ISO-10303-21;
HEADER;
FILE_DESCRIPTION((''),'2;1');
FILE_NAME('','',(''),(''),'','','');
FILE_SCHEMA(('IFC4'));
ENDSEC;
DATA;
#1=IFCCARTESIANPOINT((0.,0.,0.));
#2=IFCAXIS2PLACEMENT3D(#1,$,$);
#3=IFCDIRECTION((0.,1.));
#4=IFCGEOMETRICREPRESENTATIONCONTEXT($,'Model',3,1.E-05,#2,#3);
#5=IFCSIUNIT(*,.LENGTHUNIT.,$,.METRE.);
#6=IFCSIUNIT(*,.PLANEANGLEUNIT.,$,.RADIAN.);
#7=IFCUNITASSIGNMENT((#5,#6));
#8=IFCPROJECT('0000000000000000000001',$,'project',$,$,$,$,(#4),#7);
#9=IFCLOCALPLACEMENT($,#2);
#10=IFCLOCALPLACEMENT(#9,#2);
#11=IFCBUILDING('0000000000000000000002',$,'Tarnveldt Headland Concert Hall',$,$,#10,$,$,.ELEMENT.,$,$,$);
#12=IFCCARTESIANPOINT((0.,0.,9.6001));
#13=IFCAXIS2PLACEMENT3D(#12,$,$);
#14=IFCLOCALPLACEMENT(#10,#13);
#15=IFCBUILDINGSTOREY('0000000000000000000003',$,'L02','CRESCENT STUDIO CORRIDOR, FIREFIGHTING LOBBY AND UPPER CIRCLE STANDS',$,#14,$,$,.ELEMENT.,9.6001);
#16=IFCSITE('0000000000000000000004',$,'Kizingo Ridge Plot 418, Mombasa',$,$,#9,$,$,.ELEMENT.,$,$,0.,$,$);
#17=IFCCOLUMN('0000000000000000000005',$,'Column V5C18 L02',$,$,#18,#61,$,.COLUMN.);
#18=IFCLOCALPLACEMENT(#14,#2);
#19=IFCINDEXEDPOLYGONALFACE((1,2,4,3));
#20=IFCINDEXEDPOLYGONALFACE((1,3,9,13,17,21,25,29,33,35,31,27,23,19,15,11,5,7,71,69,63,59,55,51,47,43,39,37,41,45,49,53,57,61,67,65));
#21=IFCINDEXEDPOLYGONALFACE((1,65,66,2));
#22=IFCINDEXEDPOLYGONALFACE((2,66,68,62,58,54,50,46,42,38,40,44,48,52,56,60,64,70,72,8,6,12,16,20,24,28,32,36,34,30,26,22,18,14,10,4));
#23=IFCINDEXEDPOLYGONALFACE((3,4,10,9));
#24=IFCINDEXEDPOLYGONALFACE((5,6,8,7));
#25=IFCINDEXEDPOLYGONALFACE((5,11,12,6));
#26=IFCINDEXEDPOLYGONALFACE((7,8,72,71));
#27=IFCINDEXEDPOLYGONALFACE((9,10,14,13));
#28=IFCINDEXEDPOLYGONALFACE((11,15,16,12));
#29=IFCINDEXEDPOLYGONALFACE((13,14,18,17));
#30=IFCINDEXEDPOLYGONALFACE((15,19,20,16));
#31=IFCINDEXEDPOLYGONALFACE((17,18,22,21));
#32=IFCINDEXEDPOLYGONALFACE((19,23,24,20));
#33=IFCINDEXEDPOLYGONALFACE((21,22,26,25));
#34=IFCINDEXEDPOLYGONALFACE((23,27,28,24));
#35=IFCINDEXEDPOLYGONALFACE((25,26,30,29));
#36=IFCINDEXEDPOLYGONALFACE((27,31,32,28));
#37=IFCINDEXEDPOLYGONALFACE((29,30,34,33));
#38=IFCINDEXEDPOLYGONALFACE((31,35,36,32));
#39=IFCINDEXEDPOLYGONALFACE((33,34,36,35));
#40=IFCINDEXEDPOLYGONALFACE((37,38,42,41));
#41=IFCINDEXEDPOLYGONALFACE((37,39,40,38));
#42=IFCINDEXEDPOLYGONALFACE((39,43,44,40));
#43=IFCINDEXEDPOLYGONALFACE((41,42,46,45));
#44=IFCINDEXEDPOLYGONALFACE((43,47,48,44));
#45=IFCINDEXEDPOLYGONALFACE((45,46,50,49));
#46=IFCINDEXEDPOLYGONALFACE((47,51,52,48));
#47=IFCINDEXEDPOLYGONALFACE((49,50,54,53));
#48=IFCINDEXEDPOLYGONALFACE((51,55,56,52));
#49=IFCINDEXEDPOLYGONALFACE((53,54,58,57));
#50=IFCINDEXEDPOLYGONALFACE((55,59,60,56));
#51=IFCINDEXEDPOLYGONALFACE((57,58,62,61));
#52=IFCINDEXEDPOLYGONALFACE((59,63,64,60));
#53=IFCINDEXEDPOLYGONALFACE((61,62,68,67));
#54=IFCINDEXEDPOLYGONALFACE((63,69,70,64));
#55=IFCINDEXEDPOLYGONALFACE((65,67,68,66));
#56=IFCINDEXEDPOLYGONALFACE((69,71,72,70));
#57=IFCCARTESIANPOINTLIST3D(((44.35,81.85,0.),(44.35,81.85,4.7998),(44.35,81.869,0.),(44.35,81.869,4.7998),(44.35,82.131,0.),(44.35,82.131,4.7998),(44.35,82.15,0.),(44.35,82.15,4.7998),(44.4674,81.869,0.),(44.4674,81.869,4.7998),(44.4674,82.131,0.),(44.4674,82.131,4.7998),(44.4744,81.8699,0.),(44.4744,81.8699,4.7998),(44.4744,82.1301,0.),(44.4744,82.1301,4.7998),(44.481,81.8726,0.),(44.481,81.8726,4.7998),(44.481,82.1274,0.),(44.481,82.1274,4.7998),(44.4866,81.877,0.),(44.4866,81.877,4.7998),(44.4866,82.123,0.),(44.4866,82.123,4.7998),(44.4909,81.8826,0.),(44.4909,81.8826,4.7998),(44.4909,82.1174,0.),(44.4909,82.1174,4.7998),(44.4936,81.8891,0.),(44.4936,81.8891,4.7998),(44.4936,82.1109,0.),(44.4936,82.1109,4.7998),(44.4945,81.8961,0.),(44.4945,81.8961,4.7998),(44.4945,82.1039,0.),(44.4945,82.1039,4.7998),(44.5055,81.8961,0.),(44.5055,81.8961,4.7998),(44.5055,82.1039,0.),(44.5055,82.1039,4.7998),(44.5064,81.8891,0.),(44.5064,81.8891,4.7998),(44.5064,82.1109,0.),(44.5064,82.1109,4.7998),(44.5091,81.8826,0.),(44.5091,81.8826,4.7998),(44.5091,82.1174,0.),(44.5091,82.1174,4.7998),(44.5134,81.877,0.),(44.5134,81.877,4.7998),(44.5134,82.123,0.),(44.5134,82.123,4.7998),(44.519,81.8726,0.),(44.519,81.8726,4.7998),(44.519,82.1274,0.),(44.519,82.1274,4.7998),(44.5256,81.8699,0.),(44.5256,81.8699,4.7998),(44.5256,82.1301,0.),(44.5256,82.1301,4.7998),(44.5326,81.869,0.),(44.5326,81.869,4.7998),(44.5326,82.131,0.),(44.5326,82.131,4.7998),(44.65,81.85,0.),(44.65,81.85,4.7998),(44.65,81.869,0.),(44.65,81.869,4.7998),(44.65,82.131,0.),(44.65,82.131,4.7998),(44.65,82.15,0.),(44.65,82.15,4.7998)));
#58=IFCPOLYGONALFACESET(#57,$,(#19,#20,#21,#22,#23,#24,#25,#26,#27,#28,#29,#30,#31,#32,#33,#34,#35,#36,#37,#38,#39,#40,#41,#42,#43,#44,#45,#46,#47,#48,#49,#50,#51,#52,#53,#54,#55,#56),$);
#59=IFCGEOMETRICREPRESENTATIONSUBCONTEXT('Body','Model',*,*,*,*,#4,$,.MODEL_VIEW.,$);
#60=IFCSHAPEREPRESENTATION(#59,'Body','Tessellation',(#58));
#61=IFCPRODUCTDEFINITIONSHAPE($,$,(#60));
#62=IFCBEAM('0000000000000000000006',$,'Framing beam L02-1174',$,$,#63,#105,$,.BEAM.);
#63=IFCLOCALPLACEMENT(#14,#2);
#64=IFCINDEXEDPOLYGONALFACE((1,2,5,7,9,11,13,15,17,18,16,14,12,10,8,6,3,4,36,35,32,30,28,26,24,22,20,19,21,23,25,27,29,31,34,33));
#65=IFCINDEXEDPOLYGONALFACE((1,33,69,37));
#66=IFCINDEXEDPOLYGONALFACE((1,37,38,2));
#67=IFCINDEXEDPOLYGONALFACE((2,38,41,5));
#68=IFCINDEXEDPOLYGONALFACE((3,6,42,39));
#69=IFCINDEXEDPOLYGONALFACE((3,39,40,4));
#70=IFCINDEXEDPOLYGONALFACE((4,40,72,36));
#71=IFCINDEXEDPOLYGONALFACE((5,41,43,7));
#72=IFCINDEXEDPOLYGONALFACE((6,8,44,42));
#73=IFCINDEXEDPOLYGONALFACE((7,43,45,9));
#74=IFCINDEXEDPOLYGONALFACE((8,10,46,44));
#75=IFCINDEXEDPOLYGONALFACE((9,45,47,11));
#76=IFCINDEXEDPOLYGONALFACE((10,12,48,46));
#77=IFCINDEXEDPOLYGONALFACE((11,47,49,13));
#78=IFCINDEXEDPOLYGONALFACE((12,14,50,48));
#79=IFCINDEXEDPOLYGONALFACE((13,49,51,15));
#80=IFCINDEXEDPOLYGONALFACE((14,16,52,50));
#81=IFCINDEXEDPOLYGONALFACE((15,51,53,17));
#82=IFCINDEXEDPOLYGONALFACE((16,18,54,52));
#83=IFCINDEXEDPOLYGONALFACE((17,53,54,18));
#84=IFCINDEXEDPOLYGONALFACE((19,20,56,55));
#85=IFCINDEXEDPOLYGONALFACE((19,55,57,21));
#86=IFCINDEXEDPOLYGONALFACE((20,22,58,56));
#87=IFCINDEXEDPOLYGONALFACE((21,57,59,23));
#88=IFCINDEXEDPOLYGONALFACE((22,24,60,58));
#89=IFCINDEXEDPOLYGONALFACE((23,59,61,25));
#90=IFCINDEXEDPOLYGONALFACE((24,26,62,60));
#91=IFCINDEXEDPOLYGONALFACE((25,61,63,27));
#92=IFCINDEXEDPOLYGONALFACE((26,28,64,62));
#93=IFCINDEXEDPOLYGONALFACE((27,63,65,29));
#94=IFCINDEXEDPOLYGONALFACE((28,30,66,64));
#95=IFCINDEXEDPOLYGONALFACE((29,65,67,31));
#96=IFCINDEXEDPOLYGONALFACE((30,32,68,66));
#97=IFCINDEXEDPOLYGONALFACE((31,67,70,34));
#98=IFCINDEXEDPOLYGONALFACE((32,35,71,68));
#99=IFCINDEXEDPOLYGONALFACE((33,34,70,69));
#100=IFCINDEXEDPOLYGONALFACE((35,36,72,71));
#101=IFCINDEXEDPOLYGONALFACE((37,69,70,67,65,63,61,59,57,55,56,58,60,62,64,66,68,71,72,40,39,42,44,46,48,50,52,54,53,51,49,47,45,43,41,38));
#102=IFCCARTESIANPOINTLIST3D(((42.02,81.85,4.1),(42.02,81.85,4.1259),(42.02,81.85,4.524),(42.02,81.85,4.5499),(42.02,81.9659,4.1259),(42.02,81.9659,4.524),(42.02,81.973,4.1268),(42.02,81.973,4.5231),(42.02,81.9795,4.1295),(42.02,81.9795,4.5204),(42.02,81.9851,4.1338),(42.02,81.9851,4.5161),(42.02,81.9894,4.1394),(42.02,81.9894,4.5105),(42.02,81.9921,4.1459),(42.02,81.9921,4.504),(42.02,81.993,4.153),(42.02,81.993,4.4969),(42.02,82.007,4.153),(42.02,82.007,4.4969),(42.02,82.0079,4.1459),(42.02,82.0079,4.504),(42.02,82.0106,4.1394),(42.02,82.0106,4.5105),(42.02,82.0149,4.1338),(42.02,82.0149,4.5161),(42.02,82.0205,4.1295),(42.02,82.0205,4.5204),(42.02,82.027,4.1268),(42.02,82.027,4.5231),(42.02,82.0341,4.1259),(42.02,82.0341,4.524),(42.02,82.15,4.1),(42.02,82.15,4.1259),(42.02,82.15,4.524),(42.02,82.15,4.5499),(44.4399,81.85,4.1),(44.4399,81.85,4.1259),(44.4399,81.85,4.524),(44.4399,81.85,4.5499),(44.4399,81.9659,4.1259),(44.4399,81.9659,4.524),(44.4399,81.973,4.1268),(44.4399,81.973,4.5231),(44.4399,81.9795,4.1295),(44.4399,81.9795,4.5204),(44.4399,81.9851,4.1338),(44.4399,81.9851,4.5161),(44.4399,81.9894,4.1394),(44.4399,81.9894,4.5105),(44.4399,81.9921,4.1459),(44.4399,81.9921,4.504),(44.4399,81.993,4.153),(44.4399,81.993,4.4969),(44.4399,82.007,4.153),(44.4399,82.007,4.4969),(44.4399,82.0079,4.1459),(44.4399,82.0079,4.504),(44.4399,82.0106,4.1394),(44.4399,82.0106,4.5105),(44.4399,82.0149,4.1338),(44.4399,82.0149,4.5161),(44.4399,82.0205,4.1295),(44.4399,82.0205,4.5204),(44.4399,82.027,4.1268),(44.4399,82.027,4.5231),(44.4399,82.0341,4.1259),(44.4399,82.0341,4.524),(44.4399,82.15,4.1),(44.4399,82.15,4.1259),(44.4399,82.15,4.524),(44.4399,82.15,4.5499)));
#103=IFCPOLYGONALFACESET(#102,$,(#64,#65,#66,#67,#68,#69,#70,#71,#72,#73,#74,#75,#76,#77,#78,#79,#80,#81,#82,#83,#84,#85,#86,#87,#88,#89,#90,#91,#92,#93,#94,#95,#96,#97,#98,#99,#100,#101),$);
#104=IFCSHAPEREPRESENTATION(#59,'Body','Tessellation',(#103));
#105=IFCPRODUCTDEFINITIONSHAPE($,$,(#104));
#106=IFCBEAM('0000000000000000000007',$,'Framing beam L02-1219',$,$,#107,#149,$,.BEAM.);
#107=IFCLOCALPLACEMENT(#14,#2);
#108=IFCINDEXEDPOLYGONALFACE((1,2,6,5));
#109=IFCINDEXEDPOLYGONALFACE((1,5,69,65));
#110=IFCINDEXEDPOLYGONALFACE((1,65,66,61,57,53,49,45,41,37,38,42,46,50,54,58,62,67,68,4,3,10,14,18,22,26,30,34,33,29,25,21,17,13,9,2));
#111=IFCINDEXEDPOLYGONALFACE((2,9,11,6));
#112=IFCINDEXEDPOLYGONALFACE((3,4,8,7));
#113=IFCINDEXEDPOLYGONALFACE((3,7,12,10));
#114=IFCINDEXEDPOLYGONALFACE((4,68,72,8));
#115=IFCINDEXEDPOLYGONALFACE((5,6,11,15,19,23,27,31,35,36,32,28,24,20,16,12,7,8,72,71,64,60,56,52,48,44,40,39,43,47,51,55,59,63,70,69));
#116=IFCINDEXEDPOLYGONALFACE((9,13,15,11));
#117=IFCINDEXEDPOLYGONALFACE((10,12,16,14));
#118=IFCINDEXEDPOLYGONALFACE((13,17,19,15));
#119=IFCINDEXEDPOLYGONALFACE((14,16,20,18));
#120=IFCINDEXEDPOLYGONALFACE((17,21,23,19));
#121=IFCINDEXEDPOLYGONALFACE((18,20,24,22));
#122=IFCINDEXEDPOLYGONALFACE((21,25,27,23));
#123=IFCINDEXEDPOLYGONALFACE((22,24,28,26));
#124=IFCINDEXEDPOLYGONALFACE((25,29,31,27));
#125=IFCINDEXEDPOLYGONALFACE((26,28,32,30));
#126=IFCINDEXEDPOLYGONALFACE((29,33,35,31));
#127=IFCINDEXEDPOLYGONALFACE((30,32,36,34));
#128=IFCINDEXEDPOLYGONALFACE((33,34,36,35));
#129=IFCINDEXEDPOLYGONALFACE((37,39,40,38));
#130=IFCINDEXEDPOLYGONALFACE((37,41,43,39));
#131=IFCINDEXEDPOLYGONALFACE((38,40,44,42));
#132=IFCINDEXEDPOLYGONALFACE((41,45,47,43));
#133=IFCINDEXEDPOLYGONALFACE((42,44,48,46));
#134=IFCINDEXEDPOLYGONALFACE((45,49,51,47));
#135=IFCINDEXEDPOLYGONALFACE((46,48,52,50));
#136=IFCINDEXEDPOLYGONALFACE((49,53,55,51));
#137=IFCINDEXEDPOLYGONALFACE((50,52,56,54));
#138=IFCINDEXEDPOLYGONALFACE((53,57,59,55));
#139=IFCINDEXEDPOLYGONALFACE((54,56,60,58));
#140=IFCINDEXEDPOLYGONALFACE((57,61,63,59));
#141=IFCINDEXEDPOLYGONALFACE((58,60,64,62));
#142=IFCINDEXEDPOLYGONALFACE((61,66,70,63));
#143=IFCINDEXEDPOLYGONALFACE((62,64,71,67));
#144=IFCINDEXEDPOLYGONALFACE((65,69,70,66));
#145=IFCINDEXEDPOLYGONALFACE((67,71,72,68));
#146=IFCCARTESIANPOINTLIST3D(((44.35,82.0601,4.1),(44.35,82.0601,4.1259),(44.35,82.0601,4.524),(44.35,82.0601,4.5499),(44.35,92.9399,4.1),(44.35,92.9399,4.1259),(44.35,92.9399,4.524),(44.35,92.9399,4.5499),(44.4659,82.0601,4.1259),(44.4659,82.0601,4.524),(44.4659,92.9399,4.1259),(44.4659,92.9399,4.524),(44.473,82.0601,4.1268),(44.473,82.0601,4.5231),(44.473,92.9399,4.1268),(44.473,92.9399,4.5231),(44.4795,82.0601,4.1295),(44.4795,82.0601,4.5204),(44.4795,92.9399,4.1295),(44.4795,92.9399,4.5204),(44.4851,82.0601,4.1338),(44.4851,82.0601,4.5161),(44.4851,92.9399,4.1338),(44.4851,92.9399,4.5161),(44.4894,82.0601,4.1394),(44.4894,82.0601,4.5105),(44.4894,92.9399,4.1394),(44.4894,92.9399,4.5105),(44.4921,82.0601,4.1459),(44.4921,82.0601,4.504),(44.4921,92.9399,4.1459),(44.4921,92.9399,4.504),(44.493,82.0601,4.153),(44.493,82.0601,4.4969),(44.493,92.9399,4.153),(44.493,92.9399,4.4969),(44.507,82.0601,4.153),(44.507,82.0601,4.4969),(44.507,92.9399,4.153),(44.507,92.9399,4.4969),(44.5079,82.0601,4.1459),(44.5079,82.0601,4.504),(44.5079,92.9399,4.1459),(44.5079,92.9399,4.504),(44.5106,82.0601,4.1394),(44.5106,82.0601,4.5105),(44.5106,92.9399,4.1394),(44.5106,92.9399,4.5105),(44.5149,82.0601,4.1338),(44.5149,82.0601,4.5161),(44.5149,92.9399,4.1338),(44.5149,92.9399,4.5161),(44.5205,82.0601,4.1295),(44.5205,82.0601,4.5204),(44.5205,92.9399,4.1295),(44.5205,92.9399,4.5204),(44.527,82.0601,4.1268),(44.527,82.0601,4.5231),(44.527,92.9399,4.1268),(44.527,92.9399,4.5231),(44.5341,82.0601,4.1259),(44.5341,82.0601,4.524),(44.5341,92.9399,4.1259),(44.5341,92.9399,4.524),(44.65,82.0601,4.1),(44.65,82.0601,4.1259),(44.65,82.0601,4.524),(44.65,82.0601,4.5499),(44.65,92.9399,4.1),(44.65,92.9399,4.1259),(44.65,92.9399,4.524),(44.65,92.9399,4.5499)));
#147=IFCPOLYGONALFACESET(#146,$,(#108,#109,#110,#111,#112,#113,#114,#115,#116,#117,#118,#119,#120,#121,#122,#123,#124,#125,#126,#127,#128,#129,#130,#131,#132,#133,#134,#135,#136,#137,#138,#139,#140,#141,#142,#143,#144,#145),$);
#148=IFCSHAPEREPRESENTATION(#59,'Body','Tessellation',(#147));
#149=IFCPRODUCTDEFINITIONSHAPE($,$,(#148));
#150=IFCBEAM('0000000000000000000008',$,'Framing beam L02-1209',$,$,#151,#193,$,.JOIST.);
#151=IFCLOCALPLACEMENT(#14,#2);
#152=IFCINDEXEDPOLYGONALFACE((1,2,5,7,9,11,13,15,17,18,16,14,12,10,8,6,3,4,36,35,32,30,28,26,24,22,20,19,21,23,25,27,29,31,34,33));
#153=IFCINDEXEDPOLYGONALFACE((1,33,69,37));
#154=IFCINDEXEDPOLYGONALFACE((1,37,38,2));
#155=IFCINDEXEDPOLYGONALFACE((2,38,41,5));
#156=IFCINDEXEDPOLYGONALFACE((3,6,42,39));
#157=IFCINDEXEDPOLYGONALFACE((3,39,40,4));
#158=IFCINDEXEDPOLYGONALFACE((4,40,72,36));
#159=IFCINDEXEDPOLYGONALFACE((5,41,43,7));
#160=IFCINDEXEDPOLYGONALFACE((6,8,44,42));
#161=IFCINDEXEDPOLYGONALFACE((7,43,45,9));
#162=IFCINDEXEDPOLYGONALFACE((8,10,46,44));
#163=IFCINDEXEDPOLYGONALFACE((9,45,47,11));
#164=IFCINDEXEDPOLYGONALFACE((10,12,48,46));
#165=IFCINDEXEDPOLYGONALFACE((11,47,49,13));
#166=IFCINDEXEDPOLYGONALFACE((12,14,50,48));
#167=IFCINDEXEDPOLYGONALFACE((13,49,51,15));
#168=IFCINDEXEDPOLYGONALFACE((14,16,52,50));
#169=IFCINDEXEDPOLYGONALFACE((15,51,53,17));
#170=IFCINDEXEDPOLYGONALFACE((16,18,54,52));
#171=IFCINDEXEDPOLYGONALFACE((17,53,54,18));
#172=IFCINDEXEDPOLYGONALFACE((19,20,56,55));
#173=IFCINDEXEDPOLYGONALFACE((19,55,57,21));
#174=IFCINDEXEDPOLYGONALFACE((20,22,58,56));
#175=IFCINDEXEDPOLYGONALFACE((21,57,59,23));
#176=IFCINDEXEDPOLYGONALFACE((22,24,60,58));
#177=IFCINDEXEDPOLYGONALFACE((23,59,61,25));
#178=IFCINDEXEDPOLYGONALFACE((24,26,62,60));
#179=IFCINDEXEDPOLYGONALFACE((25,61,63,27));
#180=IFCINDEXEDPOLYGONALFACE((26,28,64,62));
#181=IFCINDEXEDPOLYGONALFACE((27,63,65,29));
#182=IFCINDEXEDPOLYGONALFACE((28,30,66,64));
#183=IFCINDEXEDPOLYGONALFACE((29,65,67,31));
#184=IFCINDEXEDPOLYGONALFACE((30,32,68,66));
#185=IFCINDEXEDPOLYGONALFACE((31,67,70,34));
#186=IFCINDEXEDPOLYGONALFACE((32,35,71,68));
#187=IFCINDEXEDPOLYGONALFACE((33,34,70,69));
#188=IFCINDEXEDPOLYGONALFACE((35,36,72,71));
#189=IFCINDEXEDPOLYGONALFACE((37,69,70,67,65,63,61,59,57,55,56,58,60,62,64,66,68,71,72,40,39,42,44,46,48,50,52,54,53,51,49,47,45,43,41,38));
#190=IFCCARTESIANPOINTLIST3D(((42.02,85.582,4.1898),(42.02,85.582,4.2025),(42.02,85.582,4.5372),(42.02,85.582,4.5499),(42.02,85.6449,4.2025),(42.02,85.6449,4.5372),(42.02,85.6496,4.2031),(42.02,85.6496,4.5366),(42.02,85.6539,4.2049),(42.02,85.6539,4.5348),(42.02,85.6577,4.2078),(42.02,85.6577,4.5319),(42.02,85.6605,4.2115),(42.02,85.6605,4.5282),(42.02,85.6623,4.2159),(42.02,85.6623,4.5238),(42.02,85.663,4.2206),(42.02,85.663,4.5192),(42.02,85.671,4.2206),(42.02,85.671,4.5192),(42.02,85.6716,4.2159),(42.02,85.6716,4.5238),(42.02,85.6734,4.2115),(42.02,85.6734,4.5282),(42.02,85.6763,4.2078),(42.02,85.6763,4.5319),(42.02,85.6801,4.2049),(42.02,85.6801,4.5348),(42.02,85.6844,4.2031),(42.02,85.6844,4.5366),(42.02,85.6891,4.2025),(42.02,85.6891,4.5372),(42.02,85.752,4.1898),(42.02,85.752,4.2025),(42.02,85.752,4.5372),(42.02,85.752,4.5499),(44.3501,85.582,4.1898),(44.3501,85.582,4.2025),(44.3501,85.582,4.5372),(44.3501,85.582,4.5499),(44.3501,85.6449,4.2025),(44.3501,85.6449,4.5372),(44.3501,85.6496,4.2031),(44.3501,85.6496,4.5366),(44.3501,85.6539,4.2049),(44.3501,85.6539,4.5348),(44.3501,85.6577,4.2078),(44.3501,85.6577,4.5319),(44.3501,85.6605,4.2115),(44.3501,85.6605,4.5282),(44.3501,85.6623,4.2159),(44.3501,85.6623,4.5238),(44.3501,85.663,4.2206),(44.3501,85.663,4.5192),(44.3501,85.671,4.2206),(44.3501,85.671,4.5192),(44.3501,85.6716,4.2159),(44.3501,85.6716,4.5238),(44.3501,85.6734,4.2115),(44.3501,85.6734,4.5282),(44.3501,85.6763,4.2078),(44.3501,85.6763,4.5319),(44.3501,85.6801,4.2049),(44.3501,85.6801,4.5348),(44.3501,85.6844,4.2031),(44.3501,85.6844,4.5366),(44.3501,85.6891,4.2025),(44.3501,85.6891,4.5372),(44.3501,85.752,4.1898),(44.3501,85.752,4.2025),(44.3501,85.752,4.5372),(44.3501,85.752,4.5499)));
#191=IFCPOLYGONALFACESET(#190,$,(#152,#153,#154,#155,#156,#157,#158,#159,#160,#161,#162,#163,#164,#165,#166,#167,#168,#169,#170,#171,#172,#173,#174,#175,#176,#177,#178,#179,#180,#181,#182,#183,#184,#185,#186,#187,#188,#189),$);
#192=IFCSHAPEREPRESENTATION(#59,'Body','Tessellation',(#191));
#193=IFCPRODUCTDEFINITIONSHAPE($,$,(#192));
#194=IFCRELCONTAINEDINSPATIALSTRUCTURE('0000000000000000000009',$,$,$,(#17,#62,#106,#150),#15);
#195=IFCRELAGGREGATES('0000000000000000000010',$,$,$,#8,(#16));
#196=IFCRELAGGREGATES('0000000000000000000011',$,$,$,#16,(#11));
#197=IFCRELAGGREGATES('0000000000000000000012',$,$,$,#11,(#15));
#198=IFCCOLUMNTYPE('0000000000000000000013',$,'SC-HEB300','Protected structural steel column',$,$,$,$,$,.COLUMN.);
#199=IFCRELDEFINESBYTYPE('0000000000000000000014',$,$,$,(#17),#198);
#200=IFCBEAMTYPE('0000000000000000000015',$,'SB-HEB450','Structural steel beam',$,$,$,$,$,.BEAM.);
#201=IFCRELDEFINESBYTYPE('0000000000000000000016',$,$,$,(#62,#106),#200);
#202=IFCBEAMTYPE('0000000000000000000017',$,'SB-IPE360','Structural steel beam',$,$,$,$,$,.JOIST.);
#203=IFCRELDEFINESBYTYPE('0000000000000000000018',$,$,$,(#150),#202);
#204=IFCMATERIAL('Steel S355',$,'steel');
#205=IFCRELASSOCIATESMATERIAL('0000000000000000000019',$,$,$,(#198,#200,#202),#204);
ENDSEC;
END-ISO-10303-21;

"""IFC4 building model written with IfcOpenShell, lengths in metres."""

from ifc_helpers import new_model, si_unit, direction, frame, origin, origin_2d, place, context, subcontext, project, spatial, i_section, extrude, material, material_profile, profile_set, type_object, element, save


model = new_model("IFC4")

# Units and contexts
model_context = context("Model", 3, precision=1e-05, world=origin(), true_north=direction((0.0, 1.0)))
body_context = subcontext(model_context, "Body", "Model", "MODEL_VIEW")
ifc_project = project(units=[si_unit("LENGTHUNIT", "METRE"), si_unit("PLANEANGLEUNIT", "RADIAN")], contexts=[model_context])

# Site, building, storey
site_placement = place(None, origin())
site = spatial("IfcSite", under=ifc_project, at=site_placement, Name="Kizingo Ridge Plot 418, Mombasa", CompositionType="ELEMENT", RefElevation=0.0)
building_placement = place(site_placement, origin())
building = spatial("IfcBuilding", under=site, at=building_placement, Name="Tarnveldt Headland Concert Hall", CompositionType="ELEMENT")
storey_placement = place(building_placement, frame((0.0, 0.0, 9.6001)))
storey = spatial("IfcBuildingStorey", under=building, at=storey_placement, Name="L02", Description="CRESCENT STUDIO CORRIDOR, FIREFIGHTING LOBBY AND UPPER CIRCLE STANDS", CompositionType="ELEMENT", Elevation=9.6001)

# Column
ifc_material_1 = material(Name="Steel S355", Category="steel")
ifc_material_profile_1 = material_profile(ifc_material_1, i_section(OverallWidth=0.3, OverallDepth=0.3, WebThickness=0.011, FlangeThickness=0.019, FilletRadius=0.0271, at=origin_2d()), Name="HEB300", Category="steel")
ifc_profile_set_1 = profile_set([ifc_material_profile_1], Name="Steel S355")
column_type = type_object("IfcColumnType", Name="SC-HEB300", Description="Protected structural steel column", PredefinedType="COLUMN", material=ifc_profile_set_1)
column_placement = place(storey_placement, frame((44.5, 82.0, 0.0), z_axis=(0.0, 0.0, 1.0), x_axis=(1.0, 0.0, 0.0)))
element("IfcColumn", 1, at=column_placement, inside=storey, type_object=column_type, Name="Column V5C18 L02", PredefinedType="COLUMN", context=body_context, shape_type="SweptSolid", body=[
    extrude(i_section(OverallWidth=0.3, OverallDepth=0.3, WebThickness=0.011, FlangeThickness=0.019, FilletRadius=0.0271, at=origin_2d()), origin(), (0.0, 0.0, 1.0), 4.7998),
])

# Beams
ifc_material_profile_2 = material_profile(ifc_material_1, i_section(OverallWidth=0.3, OverallDepth=0.45, WebThickness=0.0139, FlangeThickness=0.0259, FilletRadius=0.0271, at=origin_2d()), Name="HEB450", Category="steel")
ifc_profile_set_2 = profile_set([ifc_material_profile_2], Name="Steel S355")
beam_type_1 = type_object("IfcBeamType", Name="SB-HEB450", Description="Structural steel beam", PredefinedType="BEAM", material=ifc_profile_set_2)
beam_1_placement = place(storey_placement, frame((42.02, 82.0, 4.325), z_axis=(1.0, 0.0, 0.0), x_axis=(0.0, 1.0, 0.0)))
element("IfcBeam", 2, at=beam_1_placement, inside=storey, type_object=beam_type_1, Name="Framing beam L02-1174", PredefinedType="BEAM", context=body_context, shape_type="SweptSolid", body=[
    extrude(i_section(OverallWidth=0.3, OverallDepth=0.45, WebThickness=0.0139, FlangeThickness=0.0259, FilletRadius=0.0271, at=origin_2d()), origin(), (0.0, 0.0, 1.0), 2.4199),
])
beam_2_placement = place(storey_placement, frame((44.5, 82.0601, 4.325), z_axis=(0.0, 1.0, 0.0), x_axis=(-1.0, 0.0, 0.0)))
element("IfcBeam", 3, at=beam_2_placement, inside=storey, type_object=beam_type_1, Name="Framing beam L02-1219", PredefinedType="BEAM", context=body_context, shape_type="SweptSolid", body=[
    extrude(i_section(OverallWidth=0.3, OverallDepth=0.45, WebThickness=0.0139, FlangeThickness=0.0259, FilletRadius=0.0271, at=origin_2d()), origin(), (0.0, 0.0, 1.0), 10.8799),
])
ifc_material_profile_3 = material_profile(ifc_material_1, i_section(OverallWidth=0.1699, OverallDepth=0.3601, WebThickness=0.0081, FlangeThickness=0.0127, FilletRadius=0.0181, at=origin_2d()), Name="IPE360", Category="steel")
ifc_profile_set_3 = profile_set([ifc_material_profile_3], Name="Steel S355")
beam_type_2 = type_object("IfcBeamType", Name="SB-IPE360", Description="Structural steel beam", PredefinedType="JOIST", material=ifc_profile_set_3)
beam_3_placement = place(storey_placement, frame((42.02, 85.667, 4.3699), z_axis=(1.0, 0.0, 0.0), x_axis=(0.0, 1.0, 0.0)))
element("IfcBeam", 4, at=beam_3_placement, inside=storey, type_object=beam_type_2, Name="Framing beam L02-1209", PredefinedType="JOIST", context=body_context, shape_type="SweptSolid", body=[
    extrude(i_section(OverallWidth=0.1699, OverallDepth=0.3601, WebThickness=0.0081, FlangeThickness=0.0127, FilletRadius=0.0181, at=origin_2d()), origin(), (0.0, 0.0, 1.0), 2.3301),
])

save(model, "model.ifc")
